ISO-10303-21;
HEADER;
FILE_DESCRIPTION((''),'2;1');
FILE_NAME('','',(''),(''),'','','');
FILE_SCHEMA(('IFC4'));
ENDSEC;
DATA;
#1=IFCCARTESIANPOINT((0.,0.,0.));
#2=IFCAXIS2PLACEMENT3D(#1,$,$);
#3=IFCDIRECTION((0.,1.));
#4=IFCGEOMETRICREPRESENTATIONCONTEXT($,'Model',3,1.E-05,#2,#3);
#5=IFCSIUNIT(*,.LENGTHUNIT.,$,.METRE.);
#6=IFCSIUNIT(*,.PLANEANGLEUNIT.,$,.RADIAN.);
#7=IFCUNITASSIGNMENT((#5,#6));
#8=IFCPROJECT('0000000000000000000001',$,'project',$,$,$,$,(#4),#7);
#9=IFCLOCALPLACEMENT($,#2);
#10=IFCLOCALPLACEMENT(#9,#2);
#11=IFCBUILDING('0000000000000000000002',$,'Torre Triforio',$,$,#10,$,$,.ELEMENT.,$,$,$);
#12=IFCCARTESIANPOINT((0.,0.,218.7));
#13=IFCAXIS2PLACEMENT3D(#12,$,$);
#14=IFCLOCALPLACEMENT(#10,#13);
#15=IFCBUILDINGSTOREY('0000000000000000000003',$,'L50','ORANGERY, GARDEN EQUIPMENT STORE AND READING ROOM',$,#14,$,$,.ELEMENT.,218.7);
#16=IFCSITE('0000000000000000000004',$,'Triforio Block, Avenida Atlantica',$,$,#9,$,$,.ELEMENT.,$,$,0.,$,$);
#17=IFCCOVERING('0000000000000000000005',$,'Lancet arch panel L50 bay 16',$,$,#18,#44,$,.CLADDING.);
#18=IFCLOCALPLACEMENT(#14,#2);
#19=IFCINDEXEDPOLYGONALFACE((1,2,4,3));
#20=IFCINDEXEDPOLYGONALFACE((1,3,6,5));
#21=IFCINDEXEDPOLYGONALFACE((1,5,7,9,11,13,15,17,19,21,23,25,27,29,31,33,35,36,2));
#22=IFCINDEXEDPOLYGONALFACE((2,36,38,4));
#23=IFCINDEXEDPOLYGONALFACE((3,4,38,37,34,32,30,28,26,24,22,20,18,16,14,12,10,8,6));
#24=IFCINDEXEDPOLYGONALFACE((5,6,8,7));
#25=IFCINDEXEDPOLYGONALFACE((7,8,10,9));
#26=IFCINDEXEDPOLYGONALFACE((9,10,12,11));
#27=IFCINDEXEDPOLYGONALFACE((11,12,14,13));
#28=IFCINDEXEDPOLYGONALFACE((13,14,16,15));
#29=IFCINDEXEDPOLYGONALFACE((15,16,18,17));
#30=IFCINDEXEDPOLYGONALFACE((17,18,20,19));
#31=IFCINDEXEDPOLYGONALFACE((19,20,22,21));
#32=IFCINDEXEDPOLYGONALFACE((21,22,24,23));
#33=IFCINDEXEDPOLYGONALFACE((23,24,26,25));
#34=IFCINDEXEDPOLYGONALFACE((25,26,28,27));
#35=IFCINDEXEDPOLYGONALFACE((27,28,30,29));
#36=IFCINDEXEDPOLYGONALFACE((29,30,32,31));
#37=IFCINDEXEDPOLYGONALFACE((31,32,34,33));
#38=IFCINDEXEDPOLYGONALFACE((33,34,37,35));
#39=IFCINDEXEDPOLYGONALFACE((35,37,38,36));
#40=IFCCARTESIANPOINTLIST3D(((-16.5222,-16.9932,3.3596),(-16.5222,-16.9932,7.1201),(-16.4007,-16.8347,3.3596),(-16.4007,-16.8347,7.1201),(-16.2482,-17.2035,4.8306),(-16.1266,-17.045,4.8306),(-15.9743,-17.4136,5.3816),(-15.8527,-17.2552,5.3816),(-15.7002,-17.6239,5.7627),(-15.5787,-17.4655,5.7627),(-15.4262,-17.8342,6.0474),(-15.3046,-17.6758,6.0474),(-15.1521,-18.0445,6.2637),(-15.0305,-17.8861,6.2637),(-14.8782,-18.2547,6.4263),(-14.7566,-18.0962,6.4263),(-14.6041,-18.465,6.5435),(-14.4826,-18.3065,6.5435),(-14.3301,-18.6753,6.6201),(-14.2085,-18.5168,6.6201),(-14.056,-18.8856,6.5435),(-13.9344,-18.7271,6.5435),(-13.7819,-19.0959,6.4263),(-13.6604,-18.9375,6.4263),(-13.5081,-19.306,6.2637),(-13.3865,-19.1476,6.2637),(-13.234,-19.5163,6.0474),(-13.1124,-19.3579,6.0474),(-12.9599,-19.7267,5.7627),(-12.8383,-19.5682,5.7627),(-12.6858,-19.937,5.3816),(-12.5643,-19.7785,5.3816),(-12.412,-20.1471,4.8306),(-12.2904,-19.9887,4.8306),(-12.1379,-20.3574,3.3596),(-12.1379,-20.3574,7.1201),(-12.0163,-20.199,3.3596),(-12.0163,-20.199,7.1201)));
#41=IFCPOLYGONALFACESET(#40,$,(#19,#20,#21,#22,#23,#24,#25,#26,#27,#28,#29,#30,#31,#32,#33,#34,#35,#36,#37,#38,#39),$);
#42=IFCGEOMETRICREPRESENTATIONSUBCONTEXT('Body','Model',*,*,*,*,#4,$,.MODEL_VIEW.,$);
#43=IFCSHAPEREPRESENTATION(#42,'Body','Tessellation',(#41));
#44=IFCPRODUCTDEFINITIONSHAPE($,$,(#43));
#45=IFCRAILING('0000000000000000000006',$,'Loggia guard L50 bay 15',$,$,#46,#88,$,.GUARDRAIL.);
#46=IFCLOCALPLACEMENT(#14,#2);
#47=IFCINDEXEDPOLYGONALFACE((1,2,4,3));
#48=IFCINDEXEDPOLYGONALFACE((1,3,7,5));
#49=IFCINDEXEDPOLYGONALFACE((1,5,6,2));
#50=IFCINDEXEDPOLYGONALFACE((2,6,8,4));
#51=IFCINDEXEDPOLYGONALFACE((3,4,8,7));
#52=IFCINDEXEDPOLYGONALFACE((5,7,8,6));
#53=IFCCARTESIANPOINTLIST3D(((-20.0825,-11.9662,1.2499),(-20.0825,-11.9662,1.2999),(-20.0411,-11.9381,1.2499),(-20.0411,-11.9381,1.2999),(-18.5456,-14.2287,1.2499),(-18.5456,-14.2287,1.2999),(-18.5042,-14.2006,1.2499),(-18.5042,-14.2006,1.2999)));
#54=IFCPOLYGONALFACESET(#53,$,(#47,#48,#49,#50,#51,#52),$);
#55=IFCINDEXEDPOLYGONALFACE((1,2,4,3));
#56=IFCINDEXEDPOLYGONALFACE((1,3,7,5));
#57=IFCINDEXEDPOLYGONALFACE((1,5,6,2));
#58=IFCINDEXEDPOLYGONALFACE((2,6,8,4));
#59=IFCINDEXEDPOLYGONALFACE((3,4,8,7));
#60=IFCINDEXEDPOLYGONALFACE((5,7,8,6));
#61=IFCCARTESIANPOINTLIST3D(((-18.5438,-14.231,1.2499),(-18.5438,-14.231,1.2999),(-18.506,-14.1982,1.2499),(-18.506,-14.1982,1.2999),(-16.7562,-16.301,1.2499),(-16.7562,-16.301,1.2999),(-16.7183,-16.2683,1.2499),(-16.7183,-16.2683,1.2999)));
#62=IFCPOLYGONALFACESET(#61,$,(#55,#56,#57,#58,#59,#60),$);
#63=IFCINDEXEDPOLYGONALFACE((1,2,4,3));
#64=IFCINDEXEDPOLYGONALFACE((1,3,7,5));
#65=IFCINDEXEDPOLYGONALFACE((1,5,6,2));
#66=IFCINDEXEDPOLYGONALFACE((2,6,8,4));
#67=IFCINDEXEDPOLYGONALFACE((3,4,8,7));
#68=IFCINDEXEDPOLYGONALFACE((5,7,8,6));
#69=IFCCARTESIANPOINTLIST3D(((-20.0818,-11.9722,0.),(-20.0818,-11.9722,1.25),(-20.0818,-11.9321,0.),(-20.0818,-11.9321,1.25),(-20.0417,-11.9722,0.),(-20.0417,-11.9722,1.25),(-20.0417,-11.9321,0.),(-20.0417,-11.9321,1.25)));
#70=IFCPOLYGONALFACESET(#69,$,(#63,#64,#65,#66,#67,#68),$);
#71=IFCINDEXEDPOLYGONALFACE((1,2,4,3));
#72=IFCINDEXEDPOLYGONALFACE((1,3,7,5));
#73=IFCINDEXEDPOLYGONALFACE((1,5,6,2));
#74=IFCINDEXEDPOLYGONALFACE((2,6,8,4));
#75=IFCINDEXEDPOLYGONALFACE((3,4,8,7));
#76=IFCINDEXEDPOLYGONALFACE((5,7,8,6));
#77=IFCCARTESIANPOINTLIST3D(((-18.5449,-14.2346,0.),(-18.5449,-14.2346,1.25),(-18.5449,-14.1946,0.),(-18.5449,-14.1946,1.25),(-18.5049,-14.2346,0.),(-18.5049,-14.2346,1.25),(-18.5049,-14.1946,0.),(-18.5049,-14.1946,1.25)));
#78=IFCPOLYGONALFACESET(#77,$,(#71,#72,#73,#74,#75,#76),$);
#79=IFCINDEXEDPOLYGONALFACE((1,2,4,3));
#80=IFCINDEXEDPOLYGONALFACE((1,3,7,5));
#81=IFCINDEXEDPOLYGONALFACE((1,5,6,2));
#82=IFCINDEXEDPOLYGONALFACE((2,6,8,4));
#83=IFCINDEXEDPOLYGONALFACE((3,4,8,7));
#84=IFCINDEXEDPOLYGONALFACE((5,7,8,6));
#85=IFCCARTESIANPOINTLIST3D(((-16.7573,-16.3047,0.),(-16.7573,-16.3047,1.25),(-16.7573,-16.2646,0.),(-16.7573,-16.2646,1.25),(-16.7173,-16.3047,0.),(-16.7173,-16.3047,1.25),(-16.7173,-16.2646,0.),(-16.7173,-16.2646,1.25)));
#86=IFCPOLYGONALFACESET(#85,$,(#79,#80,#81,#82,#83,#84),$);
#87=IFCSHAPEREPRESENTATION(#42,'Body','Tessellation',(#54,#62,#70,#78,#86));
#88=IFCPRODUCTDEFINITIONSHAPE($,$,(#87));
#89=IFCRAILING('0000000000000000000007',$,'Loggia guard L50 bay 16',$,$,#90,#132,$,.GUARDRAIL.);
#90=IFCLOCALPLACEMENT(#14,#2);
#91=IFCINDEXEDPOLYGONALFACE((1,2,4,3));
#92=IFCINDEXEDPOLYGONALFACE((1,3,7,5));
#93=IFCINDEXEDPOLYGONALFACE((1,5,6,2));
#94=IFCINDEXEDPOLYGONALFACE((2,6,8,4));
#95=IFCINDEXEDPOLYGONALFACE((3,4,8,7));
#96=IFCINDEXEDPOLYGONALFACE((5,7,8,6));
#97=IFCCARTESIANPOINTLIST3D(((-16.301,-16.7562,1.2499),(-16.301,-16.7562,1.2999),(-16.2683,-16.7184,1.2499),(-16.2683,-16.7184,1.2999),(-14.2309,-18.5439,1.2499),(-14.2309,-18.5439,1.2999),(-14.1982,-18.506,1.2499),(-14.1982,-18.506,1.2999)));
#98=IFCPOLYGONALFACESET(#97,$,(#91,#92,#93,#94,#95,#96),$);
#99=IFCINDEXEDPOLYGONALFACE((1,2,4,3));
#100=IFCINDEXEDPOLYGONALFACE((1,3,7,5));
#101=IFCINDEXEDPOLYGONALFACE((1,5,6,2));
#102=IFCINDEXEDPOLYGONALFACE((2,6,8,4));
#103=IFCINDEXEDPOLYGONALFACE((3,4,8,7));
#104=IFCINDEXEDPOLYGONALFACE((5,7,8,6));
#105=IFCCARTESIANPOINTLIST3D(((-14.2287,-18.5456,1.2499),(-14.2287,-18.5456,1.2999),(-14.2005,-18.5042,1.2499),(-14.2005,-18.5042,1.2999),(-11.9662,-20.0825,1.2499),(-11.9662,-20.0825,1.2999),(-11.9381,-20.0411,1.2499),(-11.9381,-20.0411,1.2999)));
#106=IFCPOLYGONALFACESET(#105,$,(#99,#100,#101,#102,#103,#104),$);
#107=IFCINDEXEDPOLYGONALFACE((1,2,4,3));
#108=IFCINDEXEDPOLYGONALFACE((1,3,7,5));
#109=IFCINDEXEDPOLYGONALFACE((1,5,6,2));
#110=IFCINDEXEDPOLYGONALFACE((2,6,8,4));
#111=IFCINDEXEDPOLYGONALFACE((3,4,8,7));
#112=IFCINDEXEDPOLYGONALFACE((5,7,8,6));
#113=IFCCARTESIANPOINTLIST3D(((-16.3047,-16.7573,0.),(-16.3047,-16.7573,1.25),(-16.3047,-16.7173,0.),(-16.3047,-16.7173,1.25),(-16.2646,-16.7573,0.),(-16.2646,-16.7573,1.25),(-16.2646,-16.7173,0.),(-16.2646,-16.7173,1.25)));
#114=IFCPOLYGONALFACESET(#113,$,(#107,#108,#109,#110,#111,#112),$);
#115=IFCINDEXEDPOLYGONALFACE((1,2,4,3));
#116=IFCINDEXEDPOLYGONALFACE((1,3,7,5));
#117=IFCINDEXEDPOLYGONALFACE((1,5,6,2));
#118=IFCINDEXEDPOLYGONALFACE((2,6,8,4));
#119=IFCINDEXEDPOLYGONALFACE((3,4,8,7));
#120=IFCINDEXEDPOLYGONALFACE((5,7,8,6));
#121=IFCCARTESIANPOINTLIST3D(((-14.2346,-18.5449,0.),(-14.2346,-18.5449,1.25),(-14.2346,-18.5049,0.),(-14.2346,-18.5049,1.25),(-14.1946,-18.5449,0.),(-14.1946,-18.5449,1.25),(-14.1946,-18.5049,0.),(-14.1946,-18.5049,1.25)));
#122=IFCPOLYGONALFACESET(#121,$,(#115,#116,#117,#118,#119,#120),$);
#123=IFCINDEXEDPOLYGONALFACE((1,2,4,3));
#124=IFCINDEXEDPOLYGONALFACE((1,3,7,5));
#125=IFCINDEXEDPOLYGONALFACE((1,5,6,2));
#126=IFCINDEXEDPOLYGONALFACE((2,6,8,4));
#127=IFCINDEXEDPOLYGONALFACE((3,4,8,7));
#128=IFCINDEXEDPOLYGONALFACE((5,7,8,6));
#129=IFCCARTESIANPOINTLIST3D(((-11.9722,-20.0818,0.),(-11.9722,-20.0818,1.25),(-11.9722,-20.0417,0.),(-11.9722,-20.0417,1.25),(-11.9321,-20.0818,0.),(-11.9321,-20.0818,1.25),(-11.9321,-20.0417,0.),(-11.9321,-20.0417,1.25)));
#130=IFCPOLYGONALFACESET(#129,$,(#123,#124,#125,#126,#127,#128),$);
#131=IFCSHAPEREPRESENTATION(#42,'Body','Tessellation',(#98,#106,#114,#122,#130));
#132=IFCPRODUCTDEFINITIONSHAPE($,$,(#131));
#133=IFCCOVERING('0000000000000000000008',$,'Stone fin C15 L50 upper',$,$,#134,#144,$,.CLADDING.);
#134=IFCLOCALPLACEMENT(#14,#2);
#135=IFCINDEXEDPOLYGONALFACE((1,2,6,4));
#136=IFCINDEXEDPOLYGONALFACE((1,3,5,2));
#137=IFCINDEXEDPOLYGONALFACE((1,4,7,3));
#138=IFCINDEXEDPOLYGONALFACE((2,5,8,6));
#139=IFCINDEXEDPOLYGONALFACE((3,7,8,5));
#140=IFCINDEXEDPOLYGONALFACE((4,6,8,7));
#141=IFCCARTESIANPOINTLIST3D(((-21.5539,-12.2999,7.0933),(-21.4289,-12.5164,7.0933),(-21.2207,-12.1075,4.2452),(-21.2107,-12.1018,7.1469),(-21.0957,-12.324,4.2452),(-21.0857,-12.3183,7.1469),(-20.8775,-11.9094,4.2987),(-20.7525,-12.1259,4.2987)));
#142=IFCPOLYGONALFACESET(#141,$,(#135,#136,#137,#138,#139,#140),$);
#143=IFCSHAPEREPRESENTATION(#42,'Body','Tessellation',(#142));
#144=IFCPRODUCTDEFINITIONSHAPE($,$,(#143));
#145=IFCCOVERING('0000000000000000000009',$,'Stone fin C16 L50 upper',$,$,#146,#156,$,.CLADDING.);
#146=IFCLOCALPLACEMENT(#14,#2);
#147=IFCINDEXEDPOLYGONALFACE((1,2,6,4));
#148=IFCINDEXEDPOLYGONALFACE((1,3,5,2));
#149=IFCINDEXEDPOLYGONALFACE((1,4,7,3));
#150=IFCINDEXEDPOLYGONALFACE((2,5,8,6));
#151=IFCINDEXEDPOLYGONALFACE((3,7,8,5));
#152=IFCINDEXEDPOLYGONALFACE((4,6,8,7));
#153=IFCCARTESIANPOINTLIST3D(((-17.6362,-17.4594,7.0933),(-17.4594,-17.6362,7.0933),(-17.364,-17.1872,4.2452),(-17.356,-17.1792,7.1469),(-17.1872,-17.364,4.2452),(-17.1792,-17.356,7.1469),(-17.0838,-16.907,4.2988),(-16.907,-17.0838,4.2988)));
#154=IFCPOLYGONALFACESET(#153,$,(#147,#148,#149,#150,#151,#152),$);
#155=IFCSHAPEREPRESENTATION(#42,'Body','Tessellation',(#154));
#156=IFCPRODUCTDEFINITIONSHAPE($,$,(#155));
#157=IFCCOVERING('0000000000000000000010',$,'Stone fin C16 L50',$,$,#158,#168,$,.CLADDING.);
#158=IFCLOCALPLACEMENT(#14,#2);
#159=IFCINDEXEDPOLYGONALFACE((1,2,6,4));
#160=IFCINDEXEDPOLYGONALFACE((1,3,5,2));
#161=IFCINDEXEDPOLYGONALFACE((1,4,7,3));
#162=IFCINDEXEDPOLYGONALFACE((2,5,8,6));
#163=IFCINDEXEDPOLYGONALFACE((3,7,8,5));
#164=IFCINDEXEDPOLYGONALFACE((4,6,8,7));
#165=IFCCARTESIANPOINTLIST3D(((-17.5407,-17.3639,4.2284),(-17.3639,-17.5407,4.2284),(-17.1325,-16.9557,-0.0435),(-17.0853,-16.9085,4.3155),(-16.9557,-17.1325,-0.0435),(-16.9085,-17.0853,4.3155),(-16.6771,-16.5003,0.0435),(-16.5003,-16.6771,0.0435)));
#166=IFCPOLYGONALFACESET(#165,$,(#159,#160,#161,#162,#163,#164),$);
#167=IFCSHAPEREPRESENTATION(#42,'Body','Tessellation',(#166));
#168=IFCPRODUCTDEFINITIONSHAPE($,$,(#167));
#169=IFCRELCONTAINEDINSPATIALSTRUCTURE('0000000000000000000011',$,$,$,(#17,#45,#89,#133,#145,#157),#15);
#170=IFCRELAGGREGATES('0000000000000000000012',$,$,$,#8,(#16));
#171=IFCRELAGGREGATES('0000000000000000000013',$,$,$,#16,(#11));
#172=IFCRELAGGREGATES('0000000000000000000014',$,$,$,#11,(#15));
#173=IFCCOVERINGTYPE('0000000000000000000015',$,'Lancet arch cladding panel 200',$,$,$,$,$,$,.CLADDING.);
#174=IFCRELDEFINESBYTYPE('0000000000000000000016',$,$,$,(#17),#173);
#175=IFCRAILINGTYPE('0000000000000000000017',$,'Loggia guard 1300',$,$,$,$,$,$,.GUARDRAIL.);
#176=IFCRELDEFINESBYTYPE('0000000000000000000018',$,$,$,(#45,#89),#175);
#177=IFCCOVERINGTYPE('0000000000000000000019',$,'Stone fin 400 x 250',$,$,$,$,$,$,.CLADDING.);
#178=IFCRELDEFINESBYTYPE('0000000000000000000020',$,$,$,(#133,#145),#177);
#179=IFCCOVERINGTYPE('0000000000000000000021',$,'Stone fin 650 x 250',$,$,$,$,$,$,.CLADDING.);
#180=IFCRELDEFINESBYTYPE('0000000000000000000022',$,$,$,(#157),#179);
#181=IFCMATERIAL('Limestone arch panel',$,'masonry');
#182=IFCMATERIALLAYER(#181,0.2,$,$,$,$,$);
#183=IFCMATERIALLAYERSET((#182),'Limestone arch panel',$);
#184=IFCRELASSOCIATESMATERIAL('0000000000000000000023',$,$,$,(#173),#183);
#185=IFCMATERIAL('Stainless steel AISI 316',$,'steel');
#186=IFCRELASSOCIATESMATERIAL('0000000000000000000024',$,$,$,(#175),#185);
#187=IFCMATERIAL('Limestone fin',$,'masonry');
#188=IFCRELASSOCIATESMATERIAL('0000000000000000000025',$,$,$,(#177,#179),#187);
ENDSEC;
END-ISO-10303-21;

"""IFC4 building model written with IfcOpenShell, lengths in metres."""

from ifc_helpers import new_model, si_unit, direction, frame, origin, origin_2d, place, context, subcontext, project, spatial, polyline, rectangle, outline, extrude, material, layer, layer_set, material_profile, profile_set, type_object, element, save


model = new_model("IFC4")

# Units and contexts
model_context = context("Model", 3, precision=1e-05, world=origin(), true_north=direction((0.0, 1.0)))
body_context = subcontext(model_context, "Body", "Model", "MODEL_VIEW")
ifc_project = project(units=[si_unit("LENGTHUNIT", "METRE"), si_unit("PLANEANGLEUNIT", "RADIAN")], contexts=[model_context])

# Site, building, storey
site_placement = place(None, origin())
site = spatial("IfcSite", under=ifc_project, at=site_placement, Name="Triforio Block, Avenida Atlantica", CompositionType="ELEMENT", RefElevation=0.0)
building_placement = place(site_placement, origin())
building = spatial("IfcBuilding", under=site, at=building_placement, Name="Torre Triforio", CompositionType="ELEMENT")
storey_placement = place(building_placement, frame((0.0, 0.0, 218.7)))
storey = spatial("IfcBuildingStorey", under=building, at=storey_placement, Name="L50", Description="ORANGERY, GARDEN EQUIPMENT STORE AND READING ROOM", CompositionType="ELEMENT", Elevation=218.7)

# Covering
ifc_material_1 = material(Name="Limestone arch panel", Category="masonry")
ifc_layer_1 = layer(ifc_material_1, 0.2)
ifc_layer_set_1 = layer_set([ifc_layer_1], Name="Limestone arch panel")
covering_type_1 = type_object("IfcCoveringType", Name="Lancet arch cladding panel 200", PredefinedType="CLADDING", material=ifc_layer_set_1)
for number, where, z_axis, x_axis, name in (
    (1, (-14.2085, -18.5168, 0.0), (-0.608765, -0.793351, 0.0), (0.793351, -0.608765, 0.0), "Lancet arch panel L50 bay 16"),
):
    element("IfcCovering", number, at=place(storey_placement, frame(where, z_axis=z_axis, x_axis=x_axis)), inside=storey, type_object=covering_type_1, Name=name, PredefinedType="CLADDING", context=body_context, shape_type="SweptSolid", body=[
        extrude(outline(polyline([(-2.7632, 7.1201), (-2.7632, 3.3596), (-2.4177, 4.8306), (-2.0725, 5.3816), (-1.7271, 5.7627), (-1.3816, 6.0474), (-1.0361, 6.2637), (-0.6909, 6.4263), (-0.3455, 6.5435), (0.0, 6.6201), (0.3455, 6.5435), (0.6909, 6.4263), (1.0361, 6.2637), (1.3816, 6.0474), (1.7271, 5.7627), (2.0725, 5.3816), (2.4177, 4.8306), (2.7632, 3.3596), (2.7632, 7.1201), (-2.7632, 7.1201)])), origin(), (0.0, 0.0, 1.0), 0.1997),
    ])

# Railings
ifc_material_2 = material(Name="Stainless steel AISI 316", Category="steel")
railing_type = type_object("IfcRailingType", Name="Loggia guard 1300", PredefinedType="GUARDRAIL", material=ifc_material_2)
railing_1_placement = place(storey_placement, frame((-20.0618, -11.9521, 0.0)))
element("IfcRailing", 2, at=railing_1_placement, inside=storey, type_object=railing_type, Name="Loggia guard L50 bay 15", PredefinedType="GUARDRAIL", context=body_context, shape_type="SweptSolid", body=[
    extrude(rectangle(XDim=0.05, YDim=0.05, at=origin_2d()), frame((0.0, 0.0, 1.2749), z_axis=(0.56191, -0.827199, 0.0), x_axis=(0.827199, 0.56191, 0.0)), (0.0, 0.0, 1.0), 2.7351),
    extrude(rectangle(XDim=0.05, YDim=0.05, at=origin_2d()), frame((1.5369, -2.2625, 1.2749), z_axis=(0.65358, -0.756857, 0.0), x_axis=(0.756857, 0.65358, 0.0)), (0.0, 0.0, 1.0), 2.7351),
    extrude(rectangle(XDim=0.04, YDim=0.04, at=origin_2d()), origin(), (0.0, 0.0, 1.0), 1.25),
    extrude(rectangle(XDim=0.04, YDim=0.04, at=origin_2d()), frame((1.5369, -2.2625, 0.0)), (0.0, 0.0, 1.0), 1.25),
    extrude(rectangle(XDim=0.04, YDim=0.04, at=origin_2d()), frame((3.3245, -4.3325, 0.0)), (0.0, 0.0, 1.0), 1.25),
])
railing_2_placement = place(storey_placement, frame((-16.2847, -16.7373, 0.0)))
element("IfcRailing", 3, at=railing_2_placement, inside=storey, type_object=railing_type, Name="Loggia guard L50 bay 16", PredefinedType="GUARDRAIL", context=body_context, shape_type="SweptSolid", body=[
    extrude(rectangle(XDim=0.05, YDim=0.05, at=origin_2d()), frame((0.0, 0.0, 1.2749), z_axis=(0.756857, -0.65358, 0.0), x_axis=(0.65358, 0.756857, 0.0)), (0.0, 0.0, 1.0), 2.7351),
    extrude(rectangle(XDim=0.05, YDim=0.05, at=origin_2d()), frame((2.0701, -1.7876, 1.2749), z_axis=(0.827199, -0.56191, 0.0), x_axis=(0.56191, 0.827199, 0.0)), (0.0, 0.0, 1.0), 2.7351),
    extrude(rectangle(XDim=0.04, YDim=0.04, at=origin_2d()), origin(), (0.0, 0.0, 1.0), 1.25),
    extrude(rectangle(XDim=0.04, YDim=0.04, at=origin_2d()), frame((2.0701, -1.7876, 0.0)), (0.0, 0.0, 1.0), 1.25),
    extrude(rectangle(XDim=0.04, YDim=0.04, at=origin_2d()), frame((4.3325, -3.3245, 0.0)), (0.0, 0.0, 1.0), 1.25),
])

# Coverings
ifc_material_3 = material(Name="Limestone fin", Category="masonry")
ifc_material_profile_1 = material_profile(ifc_material_3, rectangle(XDim=0.3999, YDim=0.25, at=origin_2d()), Name="FIN 400x250")
ifc_profile_set_1 = profile_set([ifc_material_profile_1], Name="Limestone fin")
covering_type_2 = type_object("IfcCoveringType", Name="Stone fin 400 x 250", PredefinedType="CLADDING", material=ifc_profile_set_1)
for number, where, z_axis, x_axis, name in (
    (4, (-20.9866, -12.1167, 4.272), (-0.115953, -0.066939, 0.990997), (0.858251, 0.495459, 0.133888), "Stone fin C15 L50 upper"),
    (5, (-17.1355, -17.1355, 4.272), (-0.094716, -0.094716, 0.990988), (0.700735, 0.700735, 0.133948), "Stone fin C16 L50 upper"),
):
    element("IfcCovering", number, at=place(storey_placement, frame(where, z_axis=z_axis, x_axis=x_axis)), inside=storey, type_object=covering_type_2, Name=name, PredefinedType="CLADDING", context=body_context, shape_type="SweptSolid", body=[
        extrude(rectangle(XDim=0.3999, YDim=0.25, at=origin_2d()), origin(), (0.0, 0.0, 1.0), 2.874),
    ])
ifc_material_profile_2 = material_profile(ifc_material_3, rectangle(XDim=0.6499, YDim=0.25, at=origin_2d()), Name="FIN 650x250")
ifc_profile_set_2 = profile_set([ifc_material_profile_2], Name="Limestone fin")
covering_type_3 = type_object("IfcCoveringType", Name="Stone fin 650 x 250", PredefinedType="CLADDING", material=ifc_profile_set_2)
covering_placement = place(storey_placement, frame((-16.8164, -16.8164, 0.0), z_axis=(-0.094693, -0.094693, 0.990993), x_axis=(0.700738, 0.700738, 0.133916)))
element("IfcCovering", 6, at=covering_placement, inside=storey, type_object=covering_type_3, Name="Stone fin C16 L50", PredefinedType="CLADDING", context=body_context, shape_type="SweptSolid", body=[
    extrude(rectangle(XDim=0.6499, YDim=0.25, at=origin_2d()), origin(), (0.0, 0.0, 1.0), 4.3108),
])

save(model, "model.ifc")
